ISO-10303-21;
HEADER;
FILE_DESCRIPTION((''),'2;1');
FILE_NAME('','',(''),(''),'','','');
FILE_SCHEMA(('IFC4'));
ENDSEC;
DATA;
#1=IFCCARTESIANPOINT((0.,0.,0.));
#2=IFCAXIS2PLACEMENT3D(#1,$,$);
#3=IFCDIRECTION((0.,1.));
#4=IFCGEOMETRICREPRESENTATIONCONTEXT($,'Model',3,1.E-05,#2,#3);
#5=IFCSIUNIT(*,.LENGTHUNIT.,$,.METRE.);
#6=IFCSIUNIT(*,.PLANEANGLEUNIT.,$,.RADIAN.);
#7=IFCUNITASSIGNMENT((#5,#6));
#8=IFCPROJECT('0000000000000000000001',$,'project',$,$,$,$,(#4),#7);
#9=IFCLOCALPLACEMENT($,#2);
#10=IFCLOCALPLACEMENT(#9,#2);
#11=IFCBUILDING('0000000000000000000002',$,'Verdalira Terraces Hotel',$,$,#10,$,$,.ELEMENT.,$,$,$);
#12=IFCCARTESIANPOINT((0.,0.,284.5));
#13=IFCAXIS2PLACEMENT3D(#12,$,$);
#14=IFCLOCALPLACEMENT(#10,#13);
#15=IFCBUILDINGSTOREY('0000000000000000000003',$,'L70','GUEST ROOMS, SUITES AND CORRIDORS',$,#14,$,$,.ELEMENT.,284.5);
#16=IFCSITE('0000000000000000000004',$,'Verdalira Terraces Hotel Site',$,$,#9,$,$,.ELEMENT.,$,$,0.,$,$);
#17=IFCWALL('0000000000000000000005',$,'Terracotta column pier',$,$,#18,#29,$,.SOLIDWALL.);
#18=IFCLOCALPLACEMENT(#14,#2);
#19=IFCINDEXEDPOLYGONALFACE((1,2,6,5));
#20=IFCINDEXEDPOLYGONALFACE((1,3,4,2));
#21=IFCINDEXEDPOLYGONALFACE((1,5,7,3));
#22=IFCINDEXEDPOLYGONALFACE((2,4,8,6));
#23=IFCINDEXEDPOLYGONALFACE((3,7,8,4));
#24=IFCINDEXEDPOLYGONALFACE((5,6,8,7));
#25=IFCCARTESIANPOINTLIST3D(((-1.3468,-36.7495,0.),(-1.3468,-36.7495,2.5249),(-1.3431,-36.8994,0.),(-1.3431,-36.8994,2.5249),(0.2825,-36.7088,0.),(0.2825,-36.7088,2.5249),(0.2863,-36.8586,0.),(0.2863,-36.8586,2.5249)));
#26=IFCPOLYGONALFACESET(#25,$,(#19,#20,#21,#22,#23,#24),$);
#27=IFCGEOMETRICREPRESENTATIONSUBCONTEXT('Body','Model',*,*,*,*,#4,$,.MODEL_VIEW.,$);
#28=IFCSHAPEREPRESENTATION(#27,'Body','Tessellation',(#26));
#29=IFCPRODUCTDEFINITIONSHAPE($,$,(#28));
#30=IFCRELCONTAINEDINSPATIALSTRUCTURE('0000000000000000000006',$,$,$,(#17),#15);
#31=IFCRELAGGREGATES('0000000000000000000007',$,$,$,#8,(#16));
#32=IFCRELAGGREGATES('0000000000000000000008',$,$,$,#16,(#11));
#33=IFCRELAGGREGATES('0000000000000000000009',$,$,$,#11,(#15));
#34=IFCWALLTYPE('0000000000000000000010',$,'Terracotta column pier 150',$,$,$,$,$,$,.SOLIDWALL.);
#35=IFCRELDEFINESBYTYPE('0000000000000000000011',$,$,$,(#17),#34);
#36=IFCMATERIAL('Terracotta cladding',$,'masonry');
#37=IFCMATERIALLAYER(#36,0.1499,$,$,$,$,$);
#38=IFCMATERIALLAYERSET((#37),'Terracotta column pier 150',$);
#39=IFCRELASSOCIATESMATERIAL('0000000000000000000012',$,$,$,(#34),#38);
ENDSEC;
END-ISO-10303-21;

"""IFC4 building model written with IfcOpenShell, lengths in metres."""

from ifc_helpers import new_model, si_unit, direction, frame, frame_2d, origin, place, context, subcontext, project, spatial, rectangle, extrude, material, layer, layer_set, type_object, element, save


model = new_model("IFC4")

# Units and contexts
model_context = context("Model", 3, precision=1e-05, world=origin(), true_north=direction((0.0, 1.0)))
body_context = subcontext(model_context, "Body", "Model", "MODEL_VIEW")
ifc_project = project(units=[si_unit("LENGTHUNIT", "METRE"), si_unit("PLANEANGLEUNIT", "RADIAN")], contexts=[model_context])

# Site, building, storey
site_placement = place(None, origin())
site = spatial("IfcSite", under=ifc_project, at=site_placement, Name="Verdalira Terraces Hotel Site", CompositionType="ELEMENT", RefElevation=0.0)
building_placement = place(site_placement, origin())
building = spatial("IfcBuilding", under=site, at=building_placement, Name="Verdalira Terraces Hotel", CompositionType="ELEMENT")
storey_placement = place(building_placement, frame((0.0, 0.0, 284.5)))
storey = spatial("IfcBuildingStorey", under=building, at=storey_placement, Name="L70", Description="GUEST ROOMS, SUITES AND CORRIDORS", CompositionType="ELEMENT", Elevation=284.5)

# Wall
ifc_material_1 = material(Name="Terracotta cladding", Category="masonry")
ifc_layer_1 = layer(ifc_material_1, 0.1499)
ifc_layer_set_1 = layer_set([ifc_layer_1], Name="Terracotta column pier 150")
wall_type_1 = type_object("IfcWallType", Name="Terracotta column pier 150", PredefinedType="SOLIDWALL", material=ifc_layer_set_1)
wall_1_placement = place(storey_placement, frame((-1.345, -36.8245, 0.0), z_axis=(0.0, 0.0, 1.0), x_axis=(0.999687, 0.025015, 0.0)))
element("IfcWall", 1, at=wall_1_placement, inside=storey, type_object=wall_type_1, Name="Terracotta column pier", PredefinedType="SOLIDWALL", context=body_context, shape_type="SweptSolid", body=[
    extrude(rectangle(XDim=1.6299, YDim=0.1499, at=frame_2d((0.8149, 0.0))), origin(), (0.0, 0.0, 1.0), 2.5249),
])

save(model, "model.ifc")
